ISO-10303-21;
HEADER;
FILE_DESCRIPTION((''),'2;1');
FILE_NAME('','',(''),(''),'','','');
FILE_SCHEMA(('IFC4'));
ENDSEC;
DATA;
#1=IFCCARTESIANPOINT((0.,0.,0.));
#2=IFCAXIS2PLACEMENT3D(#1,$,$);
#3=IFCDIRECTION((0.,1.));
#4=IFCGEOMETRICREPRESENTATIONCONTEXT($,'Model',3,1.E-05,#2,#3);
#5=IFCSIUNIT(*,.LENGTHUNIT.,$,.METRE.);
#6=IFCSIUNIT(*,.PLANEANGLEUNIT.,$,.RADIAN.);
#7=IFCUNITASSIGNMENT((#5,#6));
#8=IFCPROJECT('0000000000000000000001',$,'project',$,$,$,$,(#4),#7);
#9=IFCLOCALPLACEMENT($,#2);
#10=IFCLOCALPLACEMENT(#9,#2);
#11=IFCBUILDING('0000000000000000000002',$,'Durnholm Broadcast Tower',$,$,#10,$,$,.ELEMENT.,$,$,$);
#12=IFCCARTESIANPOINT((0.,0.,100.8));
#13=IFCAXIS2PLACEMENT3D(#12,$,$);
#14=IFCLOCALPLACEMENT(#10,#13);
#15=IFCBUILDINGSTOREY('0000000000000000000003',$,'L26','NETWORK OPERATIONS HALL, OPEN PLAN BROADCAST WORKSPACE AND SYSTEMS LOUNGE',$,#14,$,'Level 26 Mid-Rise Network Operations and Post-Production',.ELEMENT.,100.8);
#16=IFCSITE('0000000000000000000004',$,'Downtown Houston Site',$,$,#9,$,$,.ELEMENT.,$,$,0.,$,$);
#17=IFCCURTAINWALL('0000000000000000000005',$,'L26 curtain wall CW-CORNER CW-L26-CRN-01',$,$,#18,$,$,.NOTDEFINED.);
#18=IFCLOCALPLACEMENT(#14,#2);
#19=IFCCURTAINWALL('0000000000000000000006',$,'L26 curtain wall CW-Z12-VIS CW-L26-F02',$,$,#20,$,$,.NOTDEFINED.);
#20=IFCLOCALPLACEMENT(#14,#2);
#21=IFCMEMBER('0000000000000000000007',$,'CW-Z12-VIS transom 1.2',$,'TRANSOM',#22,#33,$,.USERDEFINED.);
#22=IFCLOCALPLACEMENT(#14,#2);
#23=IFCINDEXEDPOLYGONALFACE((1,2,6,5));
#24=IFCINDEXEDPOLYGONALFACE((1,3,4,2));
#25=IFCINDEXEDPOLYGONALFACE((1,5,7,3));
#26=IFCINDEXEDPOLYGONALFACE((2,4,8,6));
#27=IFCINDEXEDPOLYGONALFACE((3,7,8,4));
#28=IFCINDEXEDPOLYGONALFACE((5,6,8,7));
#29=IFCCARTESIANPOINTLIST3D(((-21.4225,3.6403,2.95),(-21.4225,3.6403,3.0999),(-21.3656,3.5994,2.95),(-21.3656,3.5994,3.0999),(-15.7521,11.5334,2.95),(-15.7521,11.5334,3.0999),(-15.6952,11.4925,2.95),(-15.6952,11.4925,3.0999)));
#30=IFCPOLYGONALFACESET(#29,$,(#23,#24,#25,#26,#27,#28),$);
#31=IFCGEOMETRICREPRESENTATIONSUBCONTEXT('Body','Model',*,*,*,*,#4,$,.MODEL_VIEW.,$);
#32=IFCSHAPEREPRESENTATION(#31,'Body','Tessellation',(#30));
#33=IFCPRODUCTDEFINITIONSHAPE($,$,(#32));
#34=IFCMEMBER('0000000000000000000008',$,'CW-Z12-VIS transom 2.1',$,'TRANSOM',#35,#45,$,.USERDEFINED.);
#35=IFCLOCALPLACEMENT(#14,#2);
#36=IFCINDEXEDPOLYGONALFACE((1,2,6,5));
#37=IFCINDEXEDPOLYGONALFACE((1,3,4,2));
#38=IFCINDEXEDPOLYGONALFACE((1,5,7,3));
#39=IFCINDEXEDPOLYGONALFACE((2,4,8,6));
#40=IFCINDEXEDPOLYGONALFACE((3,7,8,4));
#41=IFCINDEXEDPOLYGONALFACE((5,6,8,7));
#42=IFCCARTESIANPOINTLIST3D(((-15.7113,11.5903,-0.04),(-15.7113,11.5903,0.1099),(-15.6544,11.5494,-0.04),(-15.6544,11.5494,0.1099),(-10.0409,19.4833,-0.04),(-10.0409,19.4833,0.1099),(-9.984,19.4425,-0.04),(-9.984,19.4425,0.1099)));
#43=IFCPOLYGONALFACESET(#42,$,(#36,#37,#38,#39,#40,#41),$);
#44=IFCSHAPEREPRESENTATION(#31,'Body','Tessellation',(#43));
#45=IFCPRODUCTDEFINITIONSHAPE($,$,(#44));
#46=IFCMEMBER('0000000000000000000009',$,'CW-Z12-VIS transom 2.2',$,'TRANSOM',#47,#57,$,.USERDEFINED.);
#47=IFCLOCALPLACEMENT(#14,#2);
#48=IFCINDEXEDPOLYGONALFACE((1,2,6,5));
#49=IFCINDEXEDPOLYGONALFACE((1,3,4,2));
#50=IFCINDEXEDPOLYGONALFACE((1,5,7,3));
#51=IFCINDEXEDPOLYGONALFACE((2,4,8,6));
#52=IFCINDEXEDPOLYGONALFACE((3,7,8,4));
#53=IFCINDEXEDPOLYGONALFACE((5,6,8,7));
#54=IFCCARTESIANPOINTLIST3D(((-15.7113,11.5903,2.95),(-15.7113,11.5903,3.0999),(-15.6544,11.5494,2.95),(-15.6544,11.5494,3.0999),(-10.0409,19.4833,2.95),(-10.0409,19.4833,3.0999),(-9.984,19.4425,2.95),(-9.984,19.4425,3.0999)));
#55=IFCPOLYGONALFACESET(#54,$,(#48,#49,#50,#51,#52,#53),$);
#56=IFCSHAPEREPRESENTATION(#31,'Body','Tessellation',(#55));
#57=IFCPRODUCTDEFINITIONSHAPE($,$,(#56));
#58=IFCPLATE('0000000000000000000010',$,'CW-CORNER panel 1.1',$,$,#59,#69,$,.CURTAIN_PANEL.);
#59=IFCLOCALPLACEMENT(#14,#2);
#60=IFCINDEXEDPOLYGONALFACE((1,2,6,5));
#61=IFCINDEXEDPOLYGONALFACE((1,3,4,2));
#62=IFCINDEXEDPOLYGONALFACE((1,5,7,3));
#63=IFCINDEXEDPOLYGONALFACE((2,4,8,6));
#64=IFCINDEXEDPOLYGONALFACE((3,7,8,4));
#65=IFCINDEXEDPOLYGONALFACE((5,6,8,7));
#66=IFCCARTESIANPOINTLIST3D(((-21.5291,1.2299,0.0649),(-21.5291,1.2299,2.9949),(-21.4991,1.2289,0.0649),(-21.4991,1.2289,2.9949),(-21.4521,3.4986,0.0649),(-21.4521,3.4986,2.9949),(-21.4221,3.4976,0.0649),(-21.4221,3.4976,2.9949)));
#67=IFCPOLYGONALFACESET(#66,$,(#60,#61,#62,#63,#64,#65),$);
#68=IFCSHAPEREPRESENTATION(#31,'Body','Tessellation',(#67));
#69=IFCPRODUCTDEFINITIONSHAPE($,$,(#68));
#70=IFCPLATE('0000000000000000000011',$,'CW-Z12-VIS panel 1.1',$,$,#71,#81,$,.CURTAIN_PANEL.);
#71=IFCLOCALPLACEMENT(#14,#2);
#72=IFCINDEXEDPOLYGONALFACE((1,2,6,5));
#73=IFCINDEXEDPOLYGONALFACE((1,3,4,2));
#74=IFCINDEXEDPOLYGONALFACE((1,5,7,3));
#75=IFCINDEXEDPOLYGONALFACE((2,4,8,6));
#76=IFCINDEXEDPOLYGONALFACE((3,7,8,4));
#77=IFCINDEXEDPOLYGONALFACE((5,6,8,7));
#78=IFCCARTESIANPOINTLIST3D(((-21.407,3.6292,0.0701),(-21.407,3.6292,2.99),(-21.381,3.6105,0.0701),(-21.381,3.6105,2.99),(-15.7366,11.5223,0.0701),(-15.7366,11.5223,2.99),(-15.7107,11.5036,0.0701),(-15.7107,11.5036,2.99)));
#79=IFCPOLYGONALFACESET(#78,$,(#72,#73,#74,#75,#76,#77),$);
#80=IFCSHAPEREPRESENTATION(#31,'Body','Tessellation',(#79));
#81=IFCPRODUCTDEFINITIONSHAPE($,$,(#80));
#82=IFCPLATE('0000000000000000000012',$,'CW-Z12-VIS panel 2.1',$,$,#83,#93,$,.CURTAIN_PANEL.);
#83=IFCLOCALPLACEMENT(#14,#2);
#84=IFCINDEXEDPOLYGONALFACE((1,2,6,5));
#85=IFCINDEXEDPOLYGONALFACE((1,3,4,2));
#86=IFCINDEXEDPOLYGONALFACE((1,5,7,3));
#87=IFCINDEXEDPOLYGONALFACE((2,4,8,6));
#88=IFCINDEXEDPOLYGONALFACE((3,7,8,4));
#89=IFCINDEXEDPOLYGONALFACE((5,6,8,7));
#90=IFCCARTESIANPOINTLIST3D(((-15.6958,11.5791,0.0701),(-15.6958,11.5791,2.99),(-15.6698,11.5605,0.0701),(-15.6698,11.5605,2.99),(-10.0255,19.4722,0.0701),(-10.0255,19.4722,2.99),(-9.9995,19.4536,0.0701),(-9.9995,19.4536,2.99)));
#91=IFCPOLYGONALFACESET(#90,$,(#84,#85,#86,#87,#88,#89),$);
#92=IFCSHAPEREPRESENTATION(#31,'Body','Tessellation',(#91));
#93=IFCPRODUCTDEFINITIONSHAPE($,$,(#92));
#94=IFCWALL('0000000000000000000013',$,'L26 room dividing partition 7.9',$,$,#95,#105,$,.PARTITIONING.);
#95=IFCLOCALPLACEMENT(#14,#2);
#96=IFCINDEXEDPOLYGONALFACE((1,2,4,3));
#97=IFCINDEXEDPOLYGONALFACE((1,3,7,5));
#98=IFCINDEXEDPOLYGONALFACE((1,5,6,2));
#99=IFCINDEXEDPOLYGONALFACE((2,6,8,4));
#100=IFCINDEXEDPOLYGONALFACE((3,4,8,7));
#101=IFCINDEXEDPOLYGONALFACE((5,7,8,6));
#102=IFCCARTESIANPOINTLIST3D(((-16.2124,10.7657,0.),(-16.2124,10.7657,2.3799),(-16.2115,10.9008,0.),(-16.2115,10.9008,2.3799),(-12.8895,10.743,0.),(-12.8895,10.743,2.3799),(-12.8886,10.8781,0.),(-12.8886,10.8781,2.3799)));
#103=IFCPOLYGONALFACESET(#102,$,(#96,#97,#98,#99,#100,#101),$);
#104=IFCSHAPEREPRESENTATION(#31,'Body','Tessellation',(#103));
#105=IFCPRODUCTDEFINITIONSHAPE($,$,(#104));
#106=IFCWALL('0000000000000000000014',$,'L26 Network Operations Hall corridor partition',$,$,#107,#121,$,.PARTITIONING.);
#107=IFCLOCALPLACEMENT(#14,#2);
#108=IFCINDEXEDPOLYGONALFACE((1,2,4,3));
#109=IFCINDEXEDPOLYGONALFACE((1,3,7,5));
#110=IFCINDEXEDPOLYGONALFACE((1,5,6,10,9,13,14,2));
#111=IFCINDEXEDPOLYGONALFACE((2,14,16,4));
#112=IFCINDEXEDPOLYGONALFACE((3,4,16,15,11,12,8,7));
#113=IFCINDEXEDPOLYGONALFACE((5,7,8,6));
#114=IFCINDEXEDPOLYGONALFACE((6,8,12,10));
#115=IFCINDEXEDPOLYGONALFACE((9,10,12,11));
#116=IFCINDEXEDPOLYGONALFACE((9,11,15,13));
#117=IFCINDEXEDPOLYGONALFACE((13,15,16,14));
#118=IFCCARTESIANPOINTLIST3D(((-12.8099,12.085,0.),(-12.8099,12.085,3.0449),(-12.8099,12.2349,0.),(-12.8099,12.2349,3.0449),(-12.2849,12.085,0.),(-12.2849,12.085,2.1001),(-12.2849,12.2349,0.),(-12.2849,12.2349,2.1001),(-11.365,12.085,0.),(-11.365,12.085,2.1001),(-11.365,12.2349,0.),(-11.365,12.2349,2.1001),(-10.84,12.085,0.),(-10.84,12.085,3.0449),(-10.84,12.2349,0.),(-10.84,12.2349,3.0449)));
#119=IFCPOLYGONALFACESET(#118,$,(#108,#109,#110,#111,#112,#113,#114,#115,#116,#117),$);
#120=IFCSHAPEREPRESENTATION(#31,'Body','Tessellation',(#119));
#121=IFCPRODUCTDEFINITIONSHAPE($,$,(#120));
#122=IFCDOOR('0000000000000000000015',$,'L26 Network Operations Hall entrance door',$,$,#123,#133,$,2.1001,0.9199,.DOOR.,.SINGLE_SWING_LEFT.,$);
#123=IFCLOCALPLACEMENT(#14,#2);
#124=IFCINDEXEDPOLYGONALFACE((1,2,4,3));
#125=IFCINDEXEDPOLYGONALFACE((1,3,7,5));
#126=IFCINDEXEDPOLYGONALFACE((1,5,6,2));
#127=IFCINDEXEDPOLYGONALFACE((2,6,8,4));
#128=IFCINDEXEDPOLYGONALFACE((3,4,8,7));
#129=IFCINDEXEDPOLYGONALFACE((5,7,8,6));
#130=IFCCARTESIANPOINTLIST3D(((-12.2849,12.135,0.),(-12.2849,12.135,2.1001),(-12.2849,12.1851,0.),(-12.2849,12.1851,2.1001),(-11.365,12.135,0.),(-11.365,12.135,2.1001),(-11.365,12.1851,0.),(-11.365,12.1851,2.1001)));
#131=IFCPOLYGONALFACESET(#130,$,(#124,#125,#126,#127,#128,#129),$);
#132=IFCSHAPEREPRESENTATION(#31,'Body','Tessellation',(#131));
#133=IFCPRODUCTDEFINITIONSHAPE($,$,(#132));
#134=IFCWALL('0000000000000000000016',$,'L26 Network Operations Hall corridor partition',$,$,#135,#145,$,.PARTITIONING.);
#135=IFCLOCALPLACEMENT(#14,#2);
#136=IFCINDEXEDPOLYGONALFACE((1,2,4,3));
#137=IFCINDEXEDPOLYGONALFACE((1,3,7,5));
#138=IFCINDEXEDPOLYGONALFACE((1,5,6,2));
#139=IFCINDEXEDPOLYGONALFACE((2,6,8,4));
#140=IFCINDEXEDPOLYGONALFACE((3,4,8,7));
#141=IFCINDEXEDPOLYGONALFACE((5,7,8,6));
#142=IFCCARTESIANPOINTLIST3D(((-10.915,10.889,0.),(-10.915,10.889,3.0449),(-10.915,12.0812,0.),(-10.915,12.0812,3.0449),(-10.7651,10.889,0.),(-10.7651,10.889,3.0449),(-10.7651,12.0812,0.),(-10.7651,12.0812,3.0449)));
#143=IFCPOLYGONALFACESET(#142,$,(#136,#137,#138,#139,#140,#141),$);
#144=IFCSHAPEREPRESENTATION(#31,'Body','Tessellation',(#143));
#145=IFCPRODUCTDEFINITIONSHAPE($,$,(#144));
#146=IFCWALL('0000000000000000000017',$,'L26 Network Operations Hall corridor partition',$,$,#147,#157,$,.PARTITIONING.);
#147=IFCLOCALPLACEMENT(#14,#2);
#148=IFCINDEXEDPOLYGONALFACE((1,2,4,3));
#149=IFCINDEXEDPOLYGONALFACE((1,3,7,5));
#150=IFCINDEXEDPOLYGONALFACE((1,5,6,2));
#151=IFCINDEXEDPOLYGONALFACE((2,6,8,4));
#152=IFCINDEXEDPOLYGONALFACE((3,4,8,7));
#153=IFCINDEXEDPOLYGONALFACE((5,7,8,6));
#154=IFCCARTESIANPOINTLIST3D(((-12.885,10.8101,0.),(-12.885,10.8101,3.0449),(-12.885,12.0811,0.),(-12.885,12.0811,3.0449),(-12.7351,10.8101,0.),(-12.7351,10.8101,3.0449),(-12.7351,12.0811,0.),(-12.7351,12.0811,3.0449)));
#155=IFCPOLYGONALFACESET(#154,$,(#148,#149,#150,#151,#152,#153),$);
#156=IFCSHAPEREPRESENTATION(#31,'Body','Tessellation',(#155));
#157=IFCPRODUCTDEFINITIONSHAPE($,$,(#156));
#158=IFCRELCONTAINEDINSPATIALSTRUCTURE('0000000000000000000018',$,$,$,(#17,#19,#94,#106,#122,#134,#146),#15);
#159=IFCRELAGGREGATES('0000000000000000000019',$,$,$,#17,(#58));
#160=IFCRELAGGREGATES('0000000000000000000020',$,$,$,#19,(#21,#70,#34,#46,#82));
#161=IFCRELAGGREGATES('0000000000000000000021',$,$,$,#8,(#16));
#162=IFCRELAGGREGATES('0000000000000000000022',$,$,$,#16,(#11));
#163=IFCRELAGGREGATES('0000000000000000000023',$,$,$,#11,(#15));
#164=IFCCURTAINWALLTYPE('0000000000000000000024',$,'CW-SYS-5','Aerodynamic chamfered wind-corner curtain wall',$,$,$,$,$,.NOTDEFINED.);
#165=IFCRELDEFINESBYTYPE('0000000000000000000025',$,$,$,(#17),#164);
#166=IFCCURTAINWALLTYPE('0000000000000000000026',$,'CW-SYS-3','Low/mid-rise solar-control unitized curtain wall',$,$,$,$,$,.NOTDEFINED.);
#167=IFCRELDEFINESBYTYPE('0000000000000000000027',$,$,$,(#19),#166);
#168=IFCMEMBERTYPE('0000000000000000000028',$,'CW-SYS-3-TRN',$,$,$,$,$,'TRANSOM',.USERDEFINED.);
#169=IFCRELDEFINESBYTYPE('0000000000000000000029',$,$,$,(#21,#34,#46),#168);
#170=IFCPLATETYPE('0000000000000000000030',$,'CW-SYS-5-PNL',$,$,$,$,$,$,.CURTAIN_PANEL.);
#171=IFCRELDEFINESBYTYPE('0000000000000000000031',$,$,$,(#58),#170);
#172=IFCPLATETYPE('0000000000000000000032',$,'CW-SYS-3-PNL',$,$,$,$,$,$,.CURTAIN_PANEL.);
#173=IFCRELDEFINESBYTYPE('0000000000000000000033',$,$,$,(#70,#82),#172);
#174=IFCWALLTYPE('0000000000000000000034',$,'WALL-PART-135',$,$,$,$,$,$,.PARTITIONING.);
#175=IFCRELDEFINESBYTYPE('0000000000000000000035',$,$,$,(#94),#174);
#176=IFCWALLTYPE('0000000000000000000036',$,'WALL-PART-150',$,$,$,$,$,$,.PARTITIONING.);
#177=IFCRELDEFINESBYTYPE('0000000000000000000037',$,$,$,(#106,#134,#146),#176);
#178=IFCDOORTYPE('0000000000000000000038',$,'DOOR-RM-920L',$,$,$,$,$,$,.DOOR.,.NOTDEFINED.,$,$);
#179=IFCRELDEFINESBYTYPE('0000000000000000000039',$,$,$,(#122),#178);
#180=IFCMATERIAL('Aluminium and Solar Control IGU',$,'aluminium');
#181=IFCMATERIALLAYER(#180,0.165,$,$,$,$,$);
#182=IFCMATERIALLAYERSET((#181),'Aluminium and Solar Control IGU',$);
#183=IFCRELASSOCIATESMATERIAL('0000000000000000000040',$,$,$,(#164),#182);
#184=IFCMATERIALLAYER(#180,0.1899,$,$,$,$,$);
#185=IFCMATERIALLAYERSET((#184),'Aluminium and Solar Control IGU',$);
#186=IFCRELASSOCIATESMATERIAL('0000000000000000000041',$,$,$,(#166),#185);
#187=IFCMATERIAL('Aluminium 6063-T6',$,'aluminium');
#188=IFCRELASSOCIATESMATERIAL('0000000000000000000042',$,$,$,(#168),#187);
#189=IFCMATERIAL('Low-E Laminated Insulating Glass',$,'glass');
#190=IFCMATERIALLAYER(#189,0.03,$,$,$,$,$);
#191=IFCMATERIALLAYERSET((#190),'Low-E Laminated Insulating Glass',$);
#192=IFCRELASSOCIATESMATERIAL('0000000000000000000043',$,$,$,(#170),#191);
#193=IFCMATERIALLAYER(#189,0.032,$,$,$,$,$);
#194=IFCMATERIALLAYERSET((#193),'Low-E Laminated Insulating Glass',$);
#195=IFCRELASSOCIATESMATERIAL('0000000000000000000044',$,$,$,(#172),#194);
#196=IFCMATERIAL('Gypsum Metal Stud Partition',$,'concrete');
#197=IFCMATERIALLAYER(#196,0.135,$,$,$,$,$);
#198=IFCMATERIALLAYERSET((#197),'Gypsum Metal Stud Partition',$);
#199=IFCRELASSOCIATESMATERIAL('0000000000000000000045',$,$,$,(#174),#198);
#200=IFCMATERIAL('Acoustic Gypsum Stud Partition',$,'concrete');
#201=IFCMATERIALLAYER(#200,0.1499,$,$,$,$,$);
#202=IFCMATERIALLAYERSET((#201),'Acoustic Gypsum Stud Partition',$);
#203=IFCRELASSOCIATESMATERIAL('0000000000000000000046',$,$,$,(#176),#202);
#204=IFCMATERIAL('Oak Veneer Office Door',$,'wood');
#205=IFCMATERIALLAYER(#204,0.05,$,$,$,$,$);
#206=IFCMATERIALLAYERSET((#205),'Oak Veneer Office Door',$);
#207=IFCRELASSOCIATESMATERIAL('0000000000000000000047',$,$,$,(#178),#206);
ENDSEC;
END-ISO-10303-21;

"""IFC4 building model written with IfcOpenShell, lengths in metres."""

from ifc_helpers import new_model, si_unit, direction, frame, frame_2d, origin, origin_2d, place, context, subcontext, project, spatial, rectangle, extrude, source, transform, mapped, material, layer, layer_set, material_profile, profile_set, type_object, type_shapes, element, fill, aggregate, save


model = new_model("IFC4")

# Units and contexts
model_context = context("Model", 3, precision=1e-05, world=origin(), true_north=direction((0.0, 1.0)))
body_context = subcontext(model_context, "Body", "Model", "MODEL_VIEW")
ifc_project = project(units=[si_unit("LENGTHUNIT", "METRE"), si_unit("PLANEANGLEUNIT", "RADIAN")], contexts=[model_context])

# Site, building, storey
site_placement = place(None, origin())
site = spatial("IfcSite", under=ifc_project, at=site_placement, Name="Downtown Houston Site", CompositionType="ELEMENT", RefElevation=0.0)
building_placement = place(site_placement, origin())
building = spatial("IfcBuilding", under=site, at=building_placement, Name="Durnholm Broadcast Tower", CompositionType="ELEMENT")
storey_placement = place(building_placement, frame((0.0, 0.0, 100.8)))
storey = spatial("IfcBuildingStorey", under=building, at=storey_placement, Name="L26", Description="NETWORK OPERATIONS HALL, OPEN PLAN BROADCAST WORKSPACE AND SYSTEMS LOUNGE", LongName="Level 26 Mid-Rise Network Operations and Post-Production", CompositionType="ELEMENT", Elevation=100.8)

# Curtain wall
ifc_material_1 = material(Name="Aluminium and Solar Control IGU", Category="aluminium")
ifc_layer_1 = layer(ifc_material_1, 0.165)
ifc_layer_set_1 = layer_set([ifc_layer_1], Name="Aluminium and Solar Control IGU")
curtain_wall_type_1 = type_object("IfcCurtainWallType", Name="CW-SYS-5", Description="Aerodynamic chamfered wind-corner curtain wall", PredefinedType="NOTDEFINED", material=ifc_layer_set_1)
curtain_wall_1_placement = place(storey_placement, origin())
curtain_wall_1 = element("IfcCurtainWall", 1, at=curtain_wall_1_placement, inside=storey, type_object=curtain_wall_type_1, Name="L26 curtain wall CW-CORNER CW-L26-CRN-01", PredefinedType="NOTDEFINED")
ifc_material_2 = material(Name="Aluminium 6063-T6", Category="aluminium")

# Curtain wall
ifc_layer_2 = layer(ifc_material_1, 0.1899)
ifc_layer_set_2 = layer_set([ifc_layer_2], Name="Aluminium and Solar Control IGU")
curtain_wall_type_2 = type_object("IfcCurtainWallType", Name="CW-SYS-3", Description="Low/mid-rise solar-control unitized curtain wall", PredefinedType="NOTDEFINED", material=ifc_layer_set_2)
curtain_wall_2_placement = place(storey_placement, origin())
curtain_wall_2 = element("IfcCurtainWall", 2, at=curtain_wall_2_placement, inside=storey, type_object=curtain_wall_type_2, Name="L26 curtain wall CW-Z12-VIS CW-L26-F02", PredefinedType="NOTDEFINED")

# Members
ifc_material_profile_1 = material_profile(ifc_material_2, rectangle(XDim=0.0701, YDim=0.1499, at=origin_2d()), Name="CWT70X150")
ifc_profile_set_1 = profile_set([ifc_material_profile_1], Name="Aluminium 6063-T6")
member_type_1 = type_object("IfcMemberType", Name="CW-SYS-3-TRN", ElementType="TRANSOM", PredefinedType="USERDEFINED", material=ifc_profile_set_1)
shared_shape_1 = source(origin(), body_context, "Body", "SweptSolid", [
    extrude(rectangle(XDim=0.0701, YDim=0.1499, at=origin_2d()), origin(), (0.0, 0.0, 1.0), 9.7188),
])
type_shapes(member_type_1, [shared_shape_1])
member_1_placement = place(storey_placement, frame((-21.394, 3.6199, 3.0249), z_axis=(0.583451, 0.812149, 0.0), x_axis=(-0.812149, 0.583451, 0.0)))
member_1 = element("IfcMember", 3, at=member_1_placement, type_object=member_type_1, Name="CW-Z12-VIS transom 1.2", ObjectType="TRANSOM", PredefinedType="USERDEFINED", context=body_context, shape_type="MappedRepresentation", body=[
    mapped(shared_shape_1, transform((0.0, 0.0, 0.0), x_axis=(1.0, 0.0, 0.0), y_axis=(0.0, 1.0, 0.0), z_axis=(0.0, 0.0, 1.0), scale=1.0)),
])
member_2_placement = place(storey_placement, frame((-15.6829, 11.5698, 0.0349), z_axis=(0.583451, 0.812149, 0.0), x_axis=(-0.812149, 0.583451, 0.0)))
member_2 = element("IfcMember", 4, at=member_2_placement, type_object=member_type_1, Name="CW-Z12-VIS transom 2.1", ObjectType="TRANSOM", PredefinedType="USERDEFINED", context=body_context, shape_type="MappedRepresentation", body=[
    mapped(shared_shape_1, transform((0.0, 0.0, 0.0), x_axis=(1.0, 0.0, 0.0), y_axis=(0.0, 1.0, 0.0), z_axis=(0.0, 0.0, 1.0), scale=1.0)),
])
member_3_placement = place(storey_placement, frame((-15.6829, 11.5698, 3.0249), z_axis=(0.583451, 0.812149, 0.0), x_axis=(-0.812149, 0.583451, 0.0)))
member_3 = element("IfcMember", 5, at=member_3_placement, type_object=member_type_1, Name="CW-Z12-VIS transom 2.2", ObjectType="TRANSOM", PredefinedType="USERDEFINED", context=body_context, shape_type="MappedRepresentation", body=[
    mapped(shared_shape_1, transform((0.0, 0.0, 0.0), x_axis=(1.0, 0.0, 0.0), y_axis=(0.0, 1.0, 0.0), z_axis=(0.0, 0.0, 1.0), scale=1.0)),
])

# Plates
ifc_material_3 = material(Name="Low-E Laminated Insulating Glass", Category="glass")
ifc_layer_3 = layer(ifc_material_3, 0.03)
ifc_layer_set_3 = layer_set([ifc_layer_3], Name="Low-E Laminated Insulating Glass")
plate_type_1 = type_object("IfcPlateType", Name="CW-SYS-5-PNL", PredefinedType="CURTAIN_PANEL", material=ifc_layer_set_3)
shared_shape_2 = source(origin(), body_context, "Body", "SweptSolid", [
    extrude(rectangle(XDim=2.27, YDim=0.03, at=origin_2d()), origin(), (0.0, 0.0, 1.0), 2.9299),
])
type_shapes(plate_type_1, [shared_shape_2])
plate_1_placement = place(storey_placement, frame((-21.4756, 2.3638, 0.0649), z_axis=(0.0, 0.0, 1.0), x_axis=(0.033917, 0.999425, 0.0)))
plate_1 = element("IfcPlate", 6, at=plate_1_placement, type_object=plate_type_1, Name="CW-CORNER panel 1.1", PredefinedType="CURTAIN_PANEL", context=body_context, shape_type="MappedRepresentation", body=[
    mapped(shared_shape_2, transform((0.0, 0.0, 0.0), x_axis=(1.0, 0.0, 0.0), y_axis=(0.0, 1.0, 0.0), z_axis=(0.0, 0.0, 1.0), scale=1.0)),
])
aggregate(curtain_wall_1, [plate_1])
ifc_layer_4 = layer(ifc_material_3, 0.032)
ifc_layer_set_4 = layer_set([ifc_layer_4], Name="Low-E Laminated Insulating Glass")
plate_type_2 = type_object("IfcPlateType", Name="CW-SYS-3-PNL", PredefinedType="CURTAIN_PANEL", material=ifc_layer_set_4)
shared_shape_3 = source(origin(), body_context, "Body", "SweptSolid", [
    extrude(rectangle(XDim=9.7188, YDim=0.032, at=origin_2d()), origin(), (0.0, 0.0, 1.0), 2.9199),
])
type_shapes(plate_type_2, [shared_shape_3])
plate_2_placement = place(storey_placement, frame((-18.5588, 7.5664, 0.0701), z_axis=(0.0, 0.0, 1.0), x_axis=(0.583445, 0.812152, 0.0)))
plate_2 = element("IfcPlate", 7, at=plate_2_placement, type_object=plate_type_2, Name="CW-Z12-VIS panel 1.1", PredefinedType="CURTAIN_PANEL", context=body_context, shape_type="MappedRepresentation", body=[
    mapped(shared_shape_3, transform((0.0, 0.0, 0.0), x_axis=(1.0, 0.0, 0.0), y_axis=(0.0, 1.0, 0.0), z_axis=(0.0, 0.0, 1.0), scale=1.0)),
])
plate_3_placement = place(storey_placement, frame((-12.8477, 15.5164, 0.0701), z_axis=(0.0, 0.0, 1.0), x_axis=(0.583445, 0.812152, 0.0)))
plate_3 = element("IfcPlate", 8, at=plate_3_placement, type_object=plate_type_2, Name="CW-Z12-VIS panel 2.1", PredefinedType="CURTAIN_PANEL", context=body_context, shape_type="MappedRepresentation", body=[
    mapped(shared_shape_3, transform((0.0, 0.0, 0.0), x_axis=(1.0, 0.0, 0.0), y_axis=(0.0, 1.0, 0.0), z_axis=(0.0, 0.0, 1.0), scale=1.0)),
])
aggregate(curtain_wall_2, [member_1, plate_2, member_2, member_3, plate_3])

# Wall
ifc_material_4 = material(Name="Gypsum Metal Stud Partition", Category="concrete")
ifc_layer_5 = layer(ifc_material_4, 0.135)
ifc_layer_set_5 = layer_set([ifc_layer_5], Name="Gypsum Metal Stud Partition")
wall_type_1 = type_object("IfcWallType", Name="WALL-PART-135", PredefinedType="PARTITIONING", material=ifc_layer_set_5)
wall_1_placement = place(storey_placement, frame((-12.8889, 10.8105, 0.0), z_axis=(0.0, 0.0, 1.0), x_axis=(-0.999977, 0.006833, 0.0)))
element("IfcWall", 9, at=wall_1_placement, inside=storey, type_object=wall_type_1, Name="L26 room dividing partition 7.9", PredefinedType="PARTITIONING", context=body_context, shape_type="SweptSolid", body=[
    extrude(rectangle(XDim=3.323, YDim=0.135, at=frame_2d((1.6616, 0.0))), origin(), (0.0, 0.0, 1.0), 2.3799),
])

# Wall, opening, door
ifc_material_5 = material(Name="Acoustic Gypsum Stud Partition", Category="concrete")
ifc_layer_6 = layer(ifc_material_5, 0.1499)
ifc_layer_set_6 = layer_set([ifc_layer_6], Name="Acoustic Gypsum Stud Partition")
wall_type_2 = type_object("IfcWallType", Name="WALL-PART-150", PredefinedType="PARTITIONING", material=ifc_layer_set_6)
wall_2_placement = place(storey_placement, frame((-10.8401, 12.1599, 0.0), z_axis=(0.0, 0.0, 1.0), x_axis=(-1.0, 0.0, 0.0)))
wall_2 = element("IfcWall", 10, at=wall_2_placement, inside=storey, type_object=wall_type_2, Name="L26 Network Operations Hall corridor partition", PredefinedType="PARTITIONING", context=body_context, shape_type="SweptSolid", body=[
    extrude(rectangle(XDim=1.97, YDim=0.1499, at=frame_2d((0.9849, 0.0))), origin(), (0.0, 0.0, 1.0), 3.0449),
])
opening_1_placement = place(wall_2_placement, frame((0.5249, 0.0, 0.0)))
opening_1 = element("IfcOpeningElement", 11, at=opening_1_placement, cuts=wall_2, PredefinedType="OPENING", context=body_context, shape_type="SweptSolid", body=[
    extrude(rectangle(XDim=0.9199, YDim=2.1001, at=frame_2d((0.46, 1.05))), frame((0.0, 0.085, 0.0), z_axis=(0.0, -1.0, 0.0), x_axis=(1.0, 0.0, 0.0)), (0.0, 0.0, 1.0), 0.1699),
])
ifc_material_6 = material(Name="Oak Veneer Office Door", Category="wood")
ifc_layer_7 = layer(ifc_material_6, 0.05)
ifc_layer_set_7 = layer_set([ifc_layer_7], Name="Oak Veneer Office Door")
door_type = type_object("IfcDoorType", Name="DOOR-RM-920L", OperationType="NOTDEFINED", PredefinedType="DOOR", material=ifc_layer_set_7)
shared_shape_4 = source(origin(), body_context, "Body", "SweptSolid", [
    extrude(rectangle(XDim=0.9199, YDim=2.1001, at=frame_2d((0.46, 1.05))), frame((0.0, 0.0249, 0.0), z_axis=(0.0, -1.0, 0.0), x_axis=(1.0, 0.0, 0.0)), (0.0, 0.0, 1.0), 0.05),
])
type_shapes(door_type, [shared_shape_4])
door_1_placement = place(opening_1_placement, origin())
door_1 = element("IfcDoor", 12, at=door_1_placement, inside=storey, type_object=door_type, Name="L26 Network Operations Hall entrance door", OperationType="SINGLE_SWING_LEFT", OverallHeight=2.1001, OverallWidth=0.9199, PredefinedType="DOOR", context=body_context, shape_type="MappedRepresentation", body=[
    mapped(shared_shape_4, transform((0.0, 0.0, 0.0), x_axis=(1.0, 0.0, 0.0), y_axis=(0.0, 1.0, 0.0), z_axis=(0.0, 0.0, 1.0), scale=1.0)),
])
fill(opening_1, door_1)

# Walls
wall_3_placement = place(storey_placement, frame((-10.8401, 10.8889, 0.0), z_axis=(0.0, 0.0, 1.0), x_axis=(0.0, 1.0, 0.0)))
element("IfcWall", 13, at=wall_3_placement, inside=storey, type_object=wall_type_2, Name="L26 Network Operations Hall corridor partition", PredefinedType="PARTITIONING", context=body_context, shape_type="SweptSolid", body=[
    extrude(rectangle(XDim=1.1921, YDim=0.1499, at=frame_2d((0.5962, 0.0))), origin(), (0.0, 0.0, 1.0), 3.0449),
])
wall_4_placement = place(storey_placement, frame((-12.8101, 12.0811, 0.0), z_axis=(0.0, 0.0, 1.0), x_axis=(0.0, -1.0, 0.0)))
element("IfcWall", 14, at=wall_4_placement, inside=storey, type_object=wall_type_2, Name="L26 Network Operations Hall corridor partition", PredefinedType="PARTITIONING", context=body_context, shape_type="SweptSolid", body=[
    extrude(rectangle(XDim=1.271, YDim=0.1499, at=frame_2d((0.6355, 0.0))), origin(), (0.0, 0.0, 1.0), 3.0449),
])

save(model, "model.ifc")
